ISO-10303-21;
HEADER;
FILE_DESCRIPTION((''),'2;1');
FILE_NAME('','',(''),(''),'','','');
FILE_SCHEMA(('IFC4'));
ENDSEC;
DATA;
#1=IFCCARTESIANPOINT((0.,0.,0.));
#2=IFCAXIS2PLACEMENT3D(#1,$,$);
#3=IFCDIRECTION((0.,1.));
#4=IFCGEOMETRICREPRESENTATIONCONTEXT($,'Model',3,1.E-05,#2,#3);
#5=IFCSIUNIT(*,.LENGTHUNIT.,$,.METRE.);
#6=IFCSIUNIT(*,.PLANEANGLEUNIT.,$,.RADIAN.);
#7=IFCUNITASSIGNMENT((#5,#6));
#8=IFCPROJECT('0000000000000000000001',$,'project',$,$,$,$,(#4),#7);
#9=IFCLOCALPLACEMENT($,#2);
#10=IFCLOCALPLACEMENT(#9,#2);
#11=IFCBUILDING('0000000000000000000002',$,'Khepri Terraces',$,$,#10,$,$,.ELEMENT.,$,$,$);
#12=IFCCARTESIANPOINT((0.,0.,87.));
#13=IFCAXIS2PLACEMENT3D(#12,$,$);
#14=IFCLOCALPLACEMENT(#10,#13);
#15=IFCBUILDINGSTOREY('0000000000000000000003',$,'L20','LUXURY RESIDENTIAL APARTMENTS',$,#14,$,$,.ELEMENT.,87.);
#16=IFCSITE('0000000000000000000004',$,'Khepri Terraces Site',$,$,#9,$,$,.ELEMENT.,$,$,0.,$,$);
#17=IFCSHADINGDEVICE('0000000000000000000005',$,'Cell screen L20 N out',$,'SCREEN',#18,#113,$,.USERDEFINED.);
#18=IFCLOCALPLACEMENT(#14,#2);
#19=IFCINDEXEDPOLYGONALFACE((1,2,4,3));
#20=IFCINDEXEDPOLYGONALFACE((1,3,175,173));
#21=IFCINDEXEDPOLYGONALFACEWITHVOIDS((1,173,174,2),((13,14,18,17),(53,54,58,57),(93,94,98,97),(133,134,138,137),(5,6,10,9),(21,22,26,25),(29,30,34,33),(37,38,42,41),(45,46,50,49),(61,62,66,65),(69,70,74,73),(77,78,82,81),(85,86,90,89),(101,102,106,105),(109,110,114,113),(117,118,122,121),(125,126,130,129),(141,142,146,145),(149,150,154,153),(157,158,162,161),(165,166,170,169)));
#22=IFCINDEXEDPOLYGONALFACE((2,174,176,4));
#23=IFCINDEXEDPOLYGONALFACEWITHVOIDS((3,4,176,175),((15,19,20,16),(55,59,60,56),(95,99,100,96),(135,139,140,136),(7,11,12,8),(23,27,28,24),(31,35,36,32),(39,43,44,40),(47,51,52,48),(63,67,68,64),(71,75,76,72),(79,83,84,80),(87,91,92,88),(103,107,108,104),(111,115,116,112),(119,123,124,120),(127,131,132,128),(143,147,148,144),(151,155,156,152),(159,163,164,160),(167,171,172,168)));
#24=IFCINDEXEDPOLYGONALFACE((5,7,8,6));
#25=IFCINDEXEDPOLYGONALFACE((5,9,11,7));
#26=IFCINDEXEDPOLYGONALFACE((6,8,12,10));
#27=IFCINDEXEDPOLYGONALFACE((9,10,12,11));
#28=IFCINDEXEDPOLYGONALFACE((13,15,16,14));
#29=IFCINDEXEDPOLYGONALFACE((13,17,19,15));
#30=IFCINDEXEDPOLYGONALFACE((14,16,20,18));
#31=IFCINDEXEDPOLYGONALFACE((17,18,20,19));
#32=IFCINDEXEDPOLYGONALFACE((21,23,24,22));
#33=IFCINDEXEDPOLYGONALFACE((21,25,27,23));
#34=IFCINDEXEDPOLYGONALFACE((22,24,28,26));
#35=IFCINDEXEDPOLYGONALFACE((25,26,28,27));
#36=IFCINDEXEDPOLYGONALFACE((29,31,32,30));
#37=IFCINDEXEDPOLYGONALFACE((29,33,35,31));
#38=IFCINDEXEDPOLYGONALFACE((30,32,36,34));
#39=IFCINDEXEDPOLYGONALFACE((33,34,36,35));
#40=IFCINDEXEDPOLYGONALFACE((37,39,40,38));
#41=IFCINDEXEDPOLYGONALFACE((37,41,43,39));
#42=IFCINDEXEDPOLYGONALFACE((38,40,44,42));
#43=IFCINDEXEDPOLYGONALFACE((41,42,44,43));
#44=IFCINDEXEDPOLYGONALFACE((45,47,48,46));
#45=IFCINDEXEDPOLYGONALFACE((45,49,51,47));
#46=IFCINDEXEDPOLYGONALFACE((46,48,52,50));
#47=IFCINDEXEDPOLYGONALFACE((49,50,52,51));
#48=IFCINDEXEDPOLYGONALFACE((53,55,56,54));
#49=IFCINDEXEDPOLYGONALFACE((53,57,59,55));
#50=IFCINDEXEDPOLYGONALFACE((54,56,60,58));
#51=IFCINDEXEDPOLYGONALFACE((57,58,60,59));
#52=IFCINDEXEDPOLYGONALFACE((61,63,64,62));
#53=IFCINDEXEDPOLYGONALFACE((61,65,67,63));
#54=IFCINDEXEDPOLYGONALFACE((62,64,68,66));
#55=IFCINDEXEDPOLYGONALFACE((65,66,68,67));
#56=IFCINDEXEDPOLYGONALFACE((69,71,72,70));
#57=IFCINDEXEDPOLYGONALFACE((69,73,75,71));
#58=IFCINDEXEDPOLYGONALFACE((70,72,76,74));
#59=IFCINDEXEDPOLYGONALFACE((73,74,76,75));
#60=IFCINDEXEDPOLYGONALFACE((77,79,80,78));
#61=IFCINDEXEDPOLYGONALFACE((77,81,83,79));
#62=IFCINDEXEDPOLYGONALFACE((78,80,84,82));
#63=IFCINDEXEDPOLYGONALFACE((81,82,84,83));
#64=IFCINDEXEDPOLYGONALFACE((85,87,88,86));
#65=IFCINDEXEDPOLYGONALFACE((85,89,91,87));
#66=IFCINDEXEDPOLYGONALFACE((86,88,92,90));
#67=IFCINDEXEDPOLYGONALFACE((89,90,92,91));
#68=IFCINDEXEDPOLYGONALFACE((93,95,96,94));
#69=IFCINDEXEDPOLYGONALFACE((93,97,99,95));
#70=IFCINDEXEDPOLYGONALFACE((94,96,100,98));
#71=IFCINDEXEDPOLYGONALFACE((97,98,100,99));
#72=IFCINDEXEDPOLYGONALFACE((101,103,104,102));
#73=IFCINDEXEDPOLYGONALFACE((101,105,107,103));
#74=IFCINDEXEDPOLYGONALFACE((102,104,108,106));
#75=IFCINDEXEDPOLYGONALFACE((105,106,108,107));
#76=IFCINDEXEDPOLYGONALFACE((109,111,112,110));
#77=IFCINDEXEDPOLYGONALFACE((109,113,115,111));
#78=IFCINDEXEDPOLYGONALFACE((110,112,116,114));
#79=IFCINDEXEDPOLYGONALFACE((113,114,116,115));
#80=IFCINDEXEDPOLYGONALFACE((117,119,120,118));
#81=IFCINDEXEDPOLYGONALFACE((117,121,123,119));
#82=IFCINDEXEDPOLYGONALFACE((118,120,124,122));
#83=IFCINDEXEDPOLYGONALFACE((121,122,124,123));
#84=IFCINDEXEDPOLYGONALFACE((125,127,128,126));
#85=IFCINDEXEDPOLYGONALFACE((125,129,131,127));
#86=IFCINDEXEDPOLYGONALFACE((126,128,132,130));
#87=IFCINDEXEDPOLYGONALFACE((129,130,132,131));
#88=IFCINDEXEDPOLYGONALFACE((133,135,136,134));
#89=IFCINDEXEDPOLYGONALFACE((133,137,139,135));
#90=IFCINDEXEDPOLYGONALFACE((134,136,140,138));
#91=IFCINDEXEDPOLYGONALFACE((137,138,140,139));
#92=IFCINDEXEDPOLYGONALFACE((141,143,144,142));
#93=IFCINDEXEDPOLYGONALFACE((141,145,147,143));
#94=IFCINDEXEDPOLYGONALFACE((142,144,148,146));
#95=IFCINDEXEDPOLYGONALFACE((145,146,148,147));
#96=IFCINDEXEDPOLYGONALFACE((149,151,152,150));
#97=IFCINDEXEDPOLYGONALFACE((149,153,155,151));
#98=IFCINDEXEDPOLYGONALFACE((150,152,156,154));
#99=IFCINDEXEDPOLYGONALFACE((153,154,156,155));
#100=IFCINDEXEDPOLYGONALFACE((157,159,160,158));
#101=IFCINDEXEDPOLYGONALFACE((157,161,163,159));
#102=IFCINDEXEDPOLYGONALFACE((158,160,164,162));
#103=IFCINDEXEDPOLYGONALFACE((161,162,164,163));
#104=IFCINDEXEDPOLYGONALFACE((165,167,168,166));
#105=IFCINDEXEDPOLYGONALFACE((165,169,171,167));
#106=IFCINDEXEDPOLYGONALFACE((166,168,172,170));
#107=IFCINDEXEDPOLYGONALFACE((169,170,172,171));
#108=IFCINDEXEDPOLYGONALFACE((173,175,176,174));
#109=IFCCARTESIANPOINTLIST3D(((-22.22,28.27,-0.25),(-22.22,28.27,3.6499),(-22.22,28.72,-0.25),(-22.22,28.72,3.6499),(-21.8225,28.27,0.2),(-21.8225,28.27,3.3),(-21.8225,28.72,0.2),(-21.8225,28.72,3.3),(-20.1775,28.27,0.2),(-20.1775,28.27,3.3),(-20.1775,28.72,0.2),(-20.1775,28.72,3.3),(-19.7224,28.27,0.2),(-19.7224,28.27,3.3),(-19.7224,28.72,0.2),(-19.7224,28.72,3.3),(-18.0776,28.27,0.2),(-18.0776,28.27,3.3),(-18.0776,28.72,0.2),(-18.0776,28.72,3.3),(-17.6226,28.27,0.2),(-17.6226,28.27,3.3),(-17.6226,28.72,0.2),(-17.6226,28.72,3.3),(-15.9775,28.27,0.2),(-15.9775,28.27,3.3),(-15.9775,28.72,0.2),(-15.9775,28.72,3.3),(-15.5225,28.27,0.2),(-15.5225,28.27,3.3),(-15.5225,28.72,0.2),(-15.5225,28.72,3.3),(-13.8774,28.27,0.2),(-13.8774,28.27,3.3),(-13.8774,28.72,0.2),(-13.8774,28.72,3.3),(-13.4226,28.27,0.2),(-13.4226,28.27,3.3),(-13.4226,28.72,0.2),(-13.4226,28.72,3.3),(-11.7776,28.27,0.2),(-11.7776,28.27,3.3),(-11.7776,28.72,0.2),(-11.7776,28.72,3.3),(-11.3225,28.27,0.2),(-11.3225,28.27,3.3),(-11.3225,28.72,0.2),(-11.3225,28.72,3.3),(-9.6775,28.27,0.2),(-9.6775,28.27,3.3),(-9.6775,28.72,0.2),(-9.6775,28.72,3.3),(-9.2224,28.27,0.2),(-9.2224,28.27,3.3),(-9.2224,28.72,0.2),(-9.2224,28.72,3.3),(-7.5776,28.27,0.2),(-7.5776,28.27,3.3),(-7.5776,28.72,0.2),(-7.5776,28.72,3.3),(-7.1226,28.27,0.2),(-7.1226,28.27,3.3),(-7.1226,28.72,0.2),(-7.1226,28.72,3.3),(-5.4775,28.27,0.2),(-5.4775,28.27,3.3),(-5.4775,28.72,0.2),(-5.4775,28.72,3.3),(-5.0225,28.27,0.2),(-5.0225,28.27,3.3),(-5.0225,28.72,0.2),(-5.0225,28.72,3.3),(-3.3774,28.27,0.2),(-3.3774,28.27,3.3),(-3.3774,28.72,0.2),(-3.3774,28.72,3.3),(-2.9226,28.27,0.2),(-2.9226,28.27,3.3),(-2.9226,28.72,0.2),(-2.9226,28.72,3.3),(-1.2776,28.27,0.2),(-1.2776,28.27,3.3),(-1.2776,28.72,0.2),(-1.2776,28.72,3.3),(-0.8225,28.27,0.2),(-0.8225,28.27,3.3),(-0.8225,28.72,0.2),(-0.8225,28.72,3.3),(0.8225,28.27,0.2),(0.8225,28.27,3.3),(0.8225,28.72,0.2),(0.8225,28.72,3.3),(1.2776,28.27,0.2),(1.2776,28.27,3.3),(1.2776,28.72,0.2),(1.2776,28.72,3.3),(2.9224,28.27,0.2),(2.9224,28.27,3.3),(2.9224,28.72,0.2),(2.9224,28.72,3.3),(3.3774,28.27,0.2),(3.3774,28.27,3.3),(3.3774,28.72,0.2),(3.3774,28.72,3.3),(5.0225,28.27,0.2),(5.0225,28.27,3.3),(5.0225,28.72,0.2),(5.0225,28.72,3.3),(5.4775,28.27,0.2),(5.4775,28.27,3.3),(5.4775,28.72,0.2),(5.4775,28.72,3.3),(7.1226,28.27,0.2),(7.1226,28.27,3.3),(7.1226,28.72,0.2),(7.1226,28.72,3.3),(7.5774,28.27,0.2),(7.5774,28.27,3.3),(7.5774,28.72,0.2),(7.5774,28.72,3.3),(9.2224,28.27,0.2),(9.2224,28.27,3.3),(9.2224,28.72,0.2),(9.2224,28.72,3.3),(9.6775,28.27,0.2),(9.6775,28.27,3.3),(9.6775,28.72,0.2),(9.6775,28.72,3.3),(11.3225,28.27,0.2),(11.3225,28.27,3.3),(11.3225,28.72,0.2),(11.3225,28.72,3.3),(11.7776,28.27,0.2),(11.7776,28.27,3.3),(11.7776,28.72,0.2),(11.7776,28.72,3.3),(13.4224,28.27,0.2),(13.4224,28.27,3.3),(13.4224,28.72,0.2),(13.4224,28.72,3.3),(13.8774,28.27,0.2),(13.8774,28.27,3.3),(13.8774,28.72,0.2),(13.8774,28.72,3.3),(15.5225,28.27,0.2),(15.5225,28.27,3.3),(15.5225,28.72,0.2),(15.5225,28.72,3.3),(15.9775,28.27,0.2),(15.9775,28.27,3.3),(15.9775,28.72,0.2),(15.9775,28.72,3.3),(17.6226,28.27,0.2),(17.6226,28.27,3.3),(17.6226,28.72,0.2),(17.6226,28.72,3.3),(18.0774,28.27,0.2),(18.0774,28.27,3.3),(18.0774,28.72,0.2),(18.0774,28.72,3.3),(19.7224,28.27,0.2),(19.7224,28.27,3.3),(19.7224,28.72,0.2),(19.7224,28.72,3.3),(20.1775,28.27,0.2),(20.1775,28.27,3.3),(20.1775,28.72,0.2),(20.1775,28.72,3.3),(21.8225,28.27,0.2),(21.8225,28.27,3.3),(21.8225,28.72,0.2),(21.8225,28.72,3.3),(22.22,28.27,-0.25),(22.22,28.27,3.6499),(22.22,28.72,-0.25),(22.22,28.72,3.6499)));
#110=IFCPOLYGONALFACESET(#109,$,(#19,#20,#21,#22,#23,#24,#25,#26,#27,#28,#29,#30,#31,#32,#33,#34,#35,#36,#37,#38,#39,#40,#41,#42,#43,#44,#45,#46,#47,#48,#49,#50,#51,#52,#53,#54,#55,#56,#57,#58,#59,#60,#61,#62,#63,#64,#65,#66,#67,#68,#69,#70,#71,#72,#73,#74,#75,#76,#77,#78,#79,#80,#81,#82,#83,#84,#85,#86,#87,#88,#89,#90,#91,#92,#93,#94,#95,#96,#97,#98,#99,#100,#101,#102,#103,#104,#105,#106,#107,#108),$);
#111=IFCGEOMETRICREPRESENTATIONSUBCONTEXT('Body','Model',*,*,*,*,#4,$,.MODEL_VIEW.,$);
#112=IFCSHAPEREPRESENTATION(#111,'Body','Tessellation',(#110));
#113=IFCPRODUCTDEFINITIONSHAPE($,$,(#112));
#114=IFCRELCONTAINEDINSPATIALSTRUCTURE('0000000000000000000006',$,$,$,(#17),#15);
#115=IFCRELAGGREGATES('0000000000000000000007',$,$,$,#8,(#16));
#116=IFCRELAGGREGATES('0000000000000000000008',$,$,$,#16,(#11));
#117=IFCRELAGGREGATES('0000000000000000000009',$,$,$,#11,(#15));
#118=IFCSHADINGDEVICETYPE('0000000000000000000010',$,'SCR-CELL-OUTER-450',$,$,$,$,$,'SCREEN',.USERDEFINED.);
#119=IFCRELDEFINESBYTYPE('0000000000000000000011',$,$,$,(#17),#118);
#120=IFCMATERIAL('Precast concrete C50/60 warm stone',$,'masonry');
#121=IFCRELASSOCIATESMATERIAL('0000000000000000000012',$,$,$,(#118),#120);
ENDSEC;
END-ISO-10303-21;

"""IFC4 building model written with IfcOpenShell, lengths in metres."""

from ifc_helpers import new_model, si_unit, direction, frame, origin, place, context, subcontext, project, spatial, polyline, outline, extrude, material, type_object, element, save


model = new_model("IFC4")

# Units and contexts
model_context = context("Model", 3, precision=1e-05, world=origin(), true_north=direction((0.0, 1.0)))
body_context = subcontext(model_context, "Body", "Model", "MODEL_VIEW")
ifc_project = project(units=[si_unit("LENGTHUNIT", "METRE"), si_unit("PLANEANGLEUNIT", "RADIAN")], contexts=[model_context])

# Site, building, storey
site_placement = place(None, origin())
site = spatial("IfcSite", under=ifc_project, at=site_placement, Name="Khepri Terraces Site", CompositionType="ELEMENT", RefElevation=0.0)
building_placement = place(site_placement, origin())
building = spatial("IfcBuilding", under=site, at=building_placement, Name="Khepri Terraces", CompositionType="ELEMENT")
storey_placement = place(building_placement, frame((0.0, 0.0, 87.0)))
storey = spatial("IfcBuildingStorey", under=building, at=storey_placement, Name="L20", Description="LUXURY RESIDENTIAL APARTMENTS", CompositionType="ELEMENT", Elevation=87.0)

# Shared definitions
ifc_material_1 = material(Name="Precast concrete C50/60 warm stone", Category="masonry")

# Shading device
shading_device_type_1 = type_object("IfcShadingDeviceType", Name="SCR-CELL-OUTER-450", ElementType="SCREEN", PredefinedType="USERDEFINED", material=ifc_material_1)
shading_device_1_placement = place(storey_placement, frame((22.22, 28.27, -0.25), z_axis=(0.0, 1.0, 0.0), x_axis=(-1.0, 0.0, 0.0)))
element("IfcShadingDevice", 1, at=shading_device_1_placement, inside=storey, type_object=shading_device_type_1, Name="Cell screen L20 N out", ObjectType="SCREEN", PredefinedType="USERDEFINED", context=body_context, shape_type="SweptSolid", body=[
    extrude(outline(polyline([(0.0, 0.0), (44.4399, 0.0), (44.4399, 3.8999), (0.0, 3.8999), (0.0, 0.0)]), holes=[polyline([(0.3975, 0.45), (2.0425, 0.45), (2.0425, 3.55), (0.3975, 3.55), (0.3975, 0.45)]), polyline([(2.4976, 0.45), (4.1426, 0.45), (4.1426, 3.55), (2.4976, 3.55), (2.4976, 0.45)]), polyline([(4.5974, 0.45), (6.2424, 0.45), (6.2424, 3.55), (4.5974, 3.55), (4.5974, 0.45)]), polyline([(6.6975, 0.45), (8.3425, 0.45), (8.3425, 3.55), (6.6975, 3.55), (6.6975, 0.45)]), polyline([(8.7976, 0.45), (10.4424, 0.45), (10.4424, 3.55), (8.7976, 3.55), (8.7976, 0.45)]), polyline([(10.8975, 0.45), (12.5425, 0.45), (12.5425, 3.55), (10.8975, 3.55), (10.8975, 0.45)]), polyline([(12.9976, 0.45), (14.6426, 0.45), (14.6426, 3.55), (12.9976, 3.55), (12.9976, 0.45)]), polyline([(15.0974, 0.45), (16.7424, 0.45), (16.7424, 3.55), (15.0974, 3.55), (15.0974, 0.45)]), polyline([(17.1975, 0.45), (18.8425, 0.45), (18.8425, 3.55), (17.1975, 3.55), (17.1975, 0.45)]), polyline([(19.2976, 0.45), (20.9424, 0.45), (20.9424, 3.55), (19.2976, 3.55), (19.2976, 0.45)]), polyline([(21.3975, 0.45), (23.0425, 0.45), (23.0425, 3.55), (21.3975, 3.55), (21.3975, 0.45)]), polyline([(23.4976, 0.45), (25.1426, 0.45), (25.1426, 3.55), (23.4976, 3.55), (23.4976, 0.45)]), polyline([(25.5974, 0.45), (27.2424, 0.45), (27.2424, 3.55), (25.5974, 3.55), (25.5974, 0.45)]), polyline([(27.6975, 0.45), (29.3425, 0.45), (29.3425, 3.55), (27.6975, 3.55), (27.6975, 0.45)]), polyline([(29.7976, 0.45), (31.4424, 0.45), (31.4424, 3.55), (29.7976, 3.55), (29.7976, 0.45)]), polyline([(31.8975, 0.45), (33.5425, 0.45), (33.5425, 3.55), (31.8975, 3.55), (31.8975, 0.45)]), polyline([(33.9976, 0.45), (35.6426, 0.45), (35.6426, 3.55), (33.9976, 3.55), (33.9976, 0.45)]), polyline([(36.0974, 0.45), (37.7424, 0.45), (37.7424, 3.55), (36.0974, 3.55), (36.0974, 0.45)]), polyline([(38.1975, 0.45), (39.8425, 0.45), (39.8425, 3.55), (38.1975, 3.55), (38.1975, 0.45)]), polyline([(40.2976, 0.45), (41.9424, 0.45), (41.9424, 3.55), (40.2976, 3.55), (40.2976, 0.45)]), polyline([(42.3975, 0.45), (44.0425, 0.45), (44.0425, 3.55), (42.3975, 3.55), (42.3975, 0.45)])]), origin(), (0.0, 0.0, 1.0), 0.45),
])

save(model, "model.ifc")
